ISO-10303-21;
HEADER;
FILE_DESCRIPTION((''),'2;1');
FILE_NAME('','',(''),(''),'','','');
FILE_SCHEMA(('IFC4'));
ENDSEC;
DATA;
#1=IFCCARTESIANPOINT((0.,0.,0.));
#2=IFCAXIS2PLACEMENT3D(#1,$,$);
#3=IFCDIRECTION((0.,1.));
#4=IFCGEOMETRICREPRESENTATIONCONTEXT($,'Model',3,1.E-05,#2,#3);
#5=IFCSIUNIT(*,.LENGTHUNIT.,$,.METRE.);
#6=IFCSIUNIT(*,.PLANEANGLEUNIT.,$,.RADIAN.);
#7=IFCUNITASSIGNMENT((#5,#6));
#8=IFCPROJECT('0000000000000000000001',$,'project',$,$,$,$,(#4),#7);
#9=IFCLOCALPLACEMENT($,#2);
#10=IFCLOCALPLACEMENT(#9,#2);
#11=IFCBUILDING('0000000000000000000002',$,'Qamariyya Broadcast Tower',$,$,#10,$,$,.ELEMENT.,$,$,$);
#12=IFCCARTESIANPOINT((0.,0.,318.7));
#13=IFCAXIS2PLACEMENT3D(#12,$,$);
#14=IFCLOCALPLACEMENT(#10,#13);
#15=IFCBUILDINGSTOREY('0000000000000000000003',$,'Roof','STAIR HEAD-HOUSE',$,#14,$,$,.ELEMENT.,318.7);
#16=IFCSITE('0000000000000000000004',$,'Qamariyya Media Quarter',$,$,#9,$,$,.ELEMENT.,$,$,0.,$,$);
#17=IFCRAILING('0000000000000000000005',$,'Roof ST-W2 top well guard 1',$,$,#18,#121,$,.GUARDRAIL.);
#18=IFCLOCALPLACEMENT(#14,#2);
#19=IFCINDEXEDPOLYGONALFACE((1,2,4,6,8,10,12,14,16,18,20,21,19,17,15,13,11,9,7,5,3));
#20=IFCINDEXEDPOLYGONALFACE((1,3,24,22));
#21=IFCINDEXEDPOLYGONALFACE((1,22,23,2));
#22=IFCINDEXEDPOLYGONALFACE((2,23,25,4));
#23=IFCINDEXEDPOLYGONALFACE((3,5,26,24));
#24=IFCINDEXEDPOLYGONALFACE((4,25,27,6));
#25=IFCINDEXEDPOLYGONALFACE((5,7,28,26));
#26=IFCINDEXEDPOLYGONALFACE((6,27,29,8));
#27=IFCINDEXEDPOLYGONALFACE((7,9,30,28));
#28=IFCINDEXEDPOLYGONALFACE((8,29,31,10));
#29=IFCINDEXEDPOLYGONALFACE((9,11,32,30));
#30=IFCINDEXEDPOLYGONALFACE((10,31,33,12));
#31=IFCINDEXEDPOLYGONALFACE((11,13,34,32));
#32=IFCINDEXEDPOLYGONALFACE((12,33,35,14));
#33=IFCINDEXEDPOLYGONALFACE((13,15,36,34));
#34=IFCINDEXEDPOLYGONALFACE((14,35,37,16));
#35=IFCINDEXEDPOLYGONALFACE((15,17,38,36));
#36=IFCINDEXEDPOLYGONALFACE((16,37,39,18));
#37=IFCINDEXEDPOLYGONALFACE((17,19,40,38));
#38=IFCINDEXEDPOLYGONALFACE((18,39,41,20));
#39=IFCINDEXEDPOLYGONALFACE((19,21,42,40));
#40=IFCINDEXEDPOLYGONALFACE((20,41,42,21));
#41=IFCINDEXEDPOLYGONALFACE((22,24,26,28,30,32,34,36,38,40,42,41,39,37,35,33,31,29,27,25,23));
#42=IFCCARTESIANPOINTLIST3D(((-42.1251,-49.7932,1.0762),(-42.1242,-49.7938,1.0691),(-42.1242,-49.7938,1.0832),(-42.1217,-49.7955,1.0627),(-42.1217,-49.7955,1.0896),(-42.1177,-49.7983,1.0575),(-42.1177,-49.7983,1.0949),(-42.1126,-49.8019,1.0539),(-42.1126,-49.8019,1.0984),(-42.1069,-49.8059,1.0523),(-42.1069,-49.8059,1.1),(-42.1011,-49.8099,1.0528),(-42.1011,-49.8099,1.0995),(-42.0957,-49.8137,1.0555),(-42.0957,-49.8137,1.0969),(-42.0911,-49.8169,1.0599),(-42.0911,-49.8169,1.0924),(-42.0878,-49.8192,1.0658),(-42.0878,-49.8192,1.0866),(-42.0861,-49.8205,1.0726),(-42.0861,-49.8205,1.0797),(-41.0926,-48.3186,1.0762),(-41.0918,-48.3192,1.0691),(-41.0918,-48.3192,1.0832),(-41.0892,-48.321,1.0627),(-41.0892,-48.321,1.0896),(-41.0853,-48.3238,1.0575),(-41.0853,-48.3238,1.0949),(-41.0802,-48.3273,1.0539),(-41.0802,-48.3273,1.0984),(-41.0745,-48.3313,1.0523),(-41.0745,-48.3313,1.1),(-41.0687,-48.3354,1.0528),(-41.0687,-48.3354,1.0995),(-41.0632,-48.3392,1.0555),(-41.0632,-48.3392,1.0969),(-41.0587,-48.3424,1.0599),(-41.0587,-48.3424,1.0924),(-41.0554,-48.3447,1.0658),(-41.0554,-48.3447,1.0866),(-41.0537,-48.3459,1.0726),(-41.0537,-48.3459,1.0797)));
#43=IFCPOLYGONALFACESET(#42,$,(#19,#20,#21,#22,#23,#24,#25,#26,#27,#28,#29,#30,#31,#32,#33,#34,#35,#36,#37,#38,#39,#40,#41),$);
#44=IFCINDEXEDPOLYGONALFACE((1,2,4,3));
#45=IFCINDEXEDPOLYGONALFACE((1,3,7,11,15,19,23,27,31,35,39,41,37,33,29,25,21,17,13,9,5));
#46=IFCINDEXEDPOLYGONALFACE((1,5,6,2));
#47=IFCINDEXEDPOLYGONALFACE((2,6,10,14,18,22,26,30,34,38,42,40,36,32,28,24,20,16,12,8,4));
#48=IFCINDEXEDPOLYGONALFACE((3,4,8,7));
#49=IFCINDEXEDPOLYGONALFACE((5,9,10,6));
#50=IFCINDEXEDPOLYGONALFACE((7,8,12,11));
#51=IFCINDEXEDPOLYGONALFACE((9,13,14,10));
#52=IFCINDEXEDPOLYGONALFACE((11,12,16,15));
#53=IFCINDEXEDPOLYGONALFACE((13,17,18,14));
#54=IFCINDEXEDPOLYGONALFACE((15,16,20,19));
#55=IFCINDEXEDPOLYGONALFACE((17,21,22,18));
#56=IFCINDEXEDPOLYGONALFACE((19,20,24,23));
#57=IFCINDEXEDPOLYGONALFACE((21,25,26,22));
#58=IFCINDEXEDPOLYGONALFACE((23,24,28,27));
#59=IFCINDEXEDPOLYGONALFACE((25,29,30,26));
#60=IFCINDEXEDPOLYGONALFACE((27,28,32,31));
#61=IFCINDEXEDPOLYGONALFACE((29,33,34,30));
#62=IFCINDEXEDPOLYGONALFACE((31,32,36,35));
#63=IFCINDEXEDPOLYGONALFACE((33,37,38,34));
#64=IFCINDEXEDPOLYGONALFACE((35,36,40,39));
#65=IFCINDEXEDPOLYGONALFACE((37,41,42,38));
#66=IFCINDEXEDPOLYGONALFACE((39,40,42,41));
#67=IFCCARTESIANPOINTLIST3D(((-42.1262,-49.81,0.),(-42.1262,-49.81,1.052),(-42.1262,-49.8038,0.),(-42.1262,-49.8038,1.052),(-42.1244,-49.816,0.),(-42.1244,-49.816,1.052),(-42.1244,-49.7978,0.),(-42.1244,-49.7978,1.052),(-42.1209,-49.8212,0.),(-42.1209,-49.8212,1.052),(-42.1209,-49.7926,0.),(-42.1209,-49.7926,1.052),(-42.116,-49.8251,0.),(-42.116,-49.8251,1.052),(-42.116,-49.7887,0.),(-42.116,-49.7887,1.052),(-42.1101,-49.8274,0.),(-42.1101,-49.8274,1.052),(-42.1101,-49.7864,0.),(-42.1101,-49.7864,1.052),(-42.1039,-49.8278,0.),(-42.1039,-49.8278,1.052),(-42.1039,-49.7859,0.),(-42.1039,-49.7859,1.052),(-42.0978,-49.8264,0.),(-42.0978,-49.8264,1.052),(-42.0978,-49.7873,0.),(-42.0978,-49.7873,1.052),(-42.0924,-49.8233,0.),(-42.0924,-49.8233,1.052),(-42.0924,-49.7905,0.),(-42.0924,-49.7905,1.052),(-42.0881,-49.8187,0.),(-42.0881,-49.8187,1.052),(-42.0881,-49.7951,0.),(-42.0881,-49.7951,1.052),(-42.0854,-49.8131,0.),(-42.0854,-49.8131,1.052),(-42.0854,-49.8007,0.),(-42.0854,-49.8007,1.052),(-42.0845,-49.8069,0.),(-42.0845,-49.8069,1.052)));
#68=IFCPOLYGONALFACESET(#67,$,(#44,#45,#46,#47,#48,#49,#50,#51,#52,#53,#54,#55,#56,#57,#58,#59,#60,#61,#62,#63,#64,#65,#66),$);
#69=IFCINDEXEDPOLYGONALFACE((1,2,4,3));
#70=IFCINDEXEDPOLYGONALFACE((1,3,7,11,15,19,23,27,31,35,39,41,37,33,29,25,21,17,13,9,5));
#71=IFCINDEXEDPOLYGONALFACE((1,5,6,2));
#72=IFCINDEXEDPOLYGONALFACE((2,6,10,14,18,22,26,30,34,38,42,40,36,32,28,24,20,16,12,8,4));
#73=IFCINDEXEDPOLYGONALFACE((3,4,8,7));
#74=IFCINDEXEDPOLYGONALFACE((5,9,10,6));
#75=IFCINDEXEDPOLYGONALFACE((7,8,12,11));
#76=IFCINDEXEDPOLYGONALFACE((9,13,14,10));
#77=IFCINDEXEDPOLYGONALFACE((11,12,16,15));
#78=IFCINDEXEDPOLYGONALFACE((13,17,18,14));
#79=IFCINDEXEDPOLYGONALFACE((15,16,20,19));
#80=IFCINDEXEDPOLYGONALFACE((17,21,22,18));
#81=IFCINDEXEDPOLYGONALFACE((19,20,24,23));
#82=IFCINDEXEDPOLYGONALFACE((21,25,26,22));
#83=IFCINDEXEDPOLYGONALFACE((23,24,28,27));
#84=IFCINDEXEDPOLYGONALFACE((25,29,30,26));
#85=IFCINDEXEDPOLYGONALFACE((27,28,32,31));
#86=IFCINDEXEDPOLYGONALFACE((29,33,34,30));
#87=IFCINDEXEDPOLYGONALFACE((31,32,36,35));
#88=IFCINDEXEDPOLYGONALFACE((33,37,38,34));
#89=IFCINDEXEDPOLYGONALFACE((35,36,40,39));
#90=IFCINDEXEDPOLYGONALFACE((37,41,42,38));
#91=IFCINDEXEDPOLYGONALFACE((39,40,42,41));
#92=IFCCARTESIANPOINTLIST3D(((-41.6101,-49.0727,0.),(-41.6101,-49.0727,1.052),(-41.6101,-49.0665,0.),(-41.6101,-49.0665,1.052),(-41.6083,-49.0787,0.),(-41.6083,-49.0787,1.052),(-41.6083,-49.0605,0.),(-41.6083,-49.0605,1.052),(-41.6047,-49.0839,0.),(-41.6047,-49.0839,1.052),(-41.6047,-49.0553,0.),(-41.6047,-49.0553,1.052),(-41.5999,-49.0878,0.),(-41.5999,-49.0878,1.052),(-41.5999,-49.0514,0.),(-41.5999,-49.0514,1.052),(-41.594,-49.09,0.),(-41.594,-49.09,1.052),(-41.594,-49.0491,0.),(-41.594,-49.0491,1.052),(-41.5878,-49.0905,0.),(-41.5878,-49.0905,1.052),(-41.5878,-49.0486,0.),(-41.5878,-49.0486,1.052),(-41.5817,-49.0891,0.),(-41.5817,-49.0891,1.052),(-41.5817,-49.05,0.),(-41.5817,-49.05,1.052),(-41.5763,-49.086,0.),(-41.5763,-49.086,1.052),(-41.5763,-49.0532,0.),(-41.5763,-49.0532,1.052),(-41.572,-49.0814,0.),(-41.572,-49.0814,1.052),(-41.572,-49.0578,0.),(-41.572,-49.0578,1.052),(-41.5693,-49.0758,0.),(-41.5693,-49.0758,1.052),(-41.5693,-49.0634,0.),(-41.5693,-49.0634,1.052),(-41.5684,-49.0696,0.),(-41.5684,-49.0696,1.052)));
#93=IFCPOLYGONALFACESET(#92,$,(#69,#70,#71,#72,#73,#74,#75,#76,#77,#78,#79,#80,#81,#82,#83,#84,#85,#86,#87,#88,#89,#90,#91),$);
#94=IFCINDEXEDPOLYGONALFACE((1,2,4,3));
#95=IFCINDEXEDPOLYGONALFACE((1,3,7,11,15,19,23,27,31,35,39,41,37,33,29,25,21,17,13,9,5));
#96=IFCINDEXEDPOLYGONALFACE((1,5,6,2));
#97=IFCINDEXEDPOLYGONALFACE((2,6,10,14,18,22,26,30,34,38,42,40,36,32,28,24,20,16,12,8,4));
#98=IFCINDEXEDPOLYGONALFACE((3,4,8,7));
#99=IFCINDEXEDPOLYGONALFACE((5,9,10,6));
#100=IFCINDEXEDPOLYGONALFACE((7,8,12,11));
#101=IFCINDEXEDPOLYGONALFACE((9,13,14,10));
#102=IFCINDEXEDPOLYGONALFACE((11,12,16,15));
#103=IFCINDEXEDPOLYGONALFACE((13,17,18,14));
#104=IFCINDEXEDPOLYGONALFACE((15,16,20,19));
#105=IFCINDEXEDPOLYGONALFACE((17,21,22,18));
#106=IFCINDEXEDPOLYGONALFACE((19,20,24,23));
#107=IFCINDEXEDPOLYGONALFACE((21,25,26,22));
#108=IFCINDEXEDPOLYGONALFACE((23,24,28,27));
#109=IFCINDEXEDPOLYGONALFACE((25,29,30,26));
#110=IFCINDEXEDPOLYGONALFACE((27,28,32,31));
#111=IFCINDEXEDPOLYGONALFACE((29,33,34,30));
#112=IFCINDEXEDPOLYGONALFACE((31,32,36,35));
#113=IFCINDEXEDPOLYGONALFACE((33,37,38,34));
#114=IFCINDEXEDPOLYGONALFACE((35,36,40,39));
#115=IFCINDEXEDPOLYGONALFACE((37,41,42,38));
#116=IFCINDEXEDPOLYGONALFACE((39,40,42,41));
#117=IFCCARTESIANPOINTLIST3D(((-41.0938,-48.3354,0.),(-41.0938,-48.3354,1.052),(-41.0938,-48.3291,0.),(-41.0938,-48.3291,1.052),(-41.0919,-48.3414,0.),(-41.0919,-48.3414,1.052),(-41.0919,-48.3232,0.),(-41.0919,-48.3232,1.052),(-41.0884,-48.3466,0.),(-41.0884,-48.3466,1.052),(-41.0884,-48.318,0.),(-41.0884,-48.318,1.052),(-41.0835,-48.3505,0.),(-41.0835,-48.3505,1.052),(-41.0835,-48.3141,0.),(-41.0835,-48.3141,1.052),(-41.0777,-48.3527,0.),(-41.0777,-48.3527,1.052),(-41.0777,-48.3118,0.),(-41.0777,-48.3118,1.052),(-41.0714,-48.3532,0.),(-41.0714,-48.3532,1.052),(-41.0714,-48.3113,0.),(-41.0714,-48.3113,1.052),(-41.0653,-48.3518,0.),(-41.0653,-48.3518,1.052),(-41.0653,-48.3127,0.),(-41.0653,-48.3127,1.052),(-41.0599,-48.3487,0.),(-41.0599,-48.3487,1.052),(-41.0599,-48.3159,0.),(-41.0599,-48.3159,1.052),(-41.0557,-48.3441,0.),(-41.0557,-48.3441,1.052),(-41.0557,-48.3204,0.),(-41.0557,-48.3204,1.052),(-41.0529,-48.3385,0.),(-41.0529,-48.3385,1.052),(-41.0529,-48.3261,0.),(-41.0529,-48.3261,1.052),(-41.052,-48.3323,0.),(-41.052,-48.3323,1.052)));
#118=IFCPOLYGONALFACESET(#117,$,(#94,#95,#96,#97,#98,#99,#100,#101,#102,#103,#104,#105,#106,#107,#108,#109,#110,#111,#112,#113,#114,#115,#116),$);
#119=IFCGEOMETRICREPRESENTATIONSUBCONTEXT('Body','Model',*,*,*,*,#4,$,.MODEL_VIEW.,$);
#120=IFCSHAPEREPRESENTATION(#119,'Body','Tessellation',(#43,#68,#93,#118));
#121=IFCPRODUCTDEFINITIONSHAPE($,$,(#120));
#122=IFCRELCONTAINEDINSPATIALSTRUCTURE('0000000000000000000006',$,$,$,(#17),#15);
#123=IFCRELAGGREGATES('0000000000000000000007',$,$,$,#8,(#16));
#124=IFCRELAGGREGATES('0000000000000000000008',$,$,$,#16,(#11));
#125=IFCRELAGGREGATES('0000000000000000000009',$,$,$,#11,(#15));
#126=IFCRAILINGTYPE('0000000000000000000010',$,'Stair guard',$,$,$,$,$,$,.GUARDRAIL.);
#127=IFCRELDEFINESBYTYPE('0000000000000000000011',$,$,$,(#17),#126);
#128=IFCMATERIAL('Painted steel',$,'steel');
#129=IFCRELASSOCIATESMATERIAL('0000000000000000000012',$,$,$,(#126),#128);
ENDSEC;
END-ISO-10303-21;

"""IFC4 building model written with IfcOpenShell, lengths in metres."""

from ifc_helpers import new_model, si_unit, direction, frame, origin, origin_2d, place, context, subcontext, project, spatial, circle, extrude, material, type_object, element, save


model = new_model("IFC4")

# Units and contexts
model_context = context("Model", 3, precision=1e-05, world=origin(), true_north=direction((0.0, 1.0)))
body_context = subcontext(model_context, "Body", "Model", "MODEL_VIEW")
ifc_project = project(units=[si_unit("LENGTHUNIT", "METRE"), si_unit("PLANEANGLEUNIT", "RADIAN")], contexts=[model_context])

# Site, building, storey
site_placement = place(None, origin())
site = spatial("IfcSite", under=ifc_project, at=site_placement, Name="Qamariyya Media Quarter", CompositionType="ELEMENT", RefElevation=0.0)
building_placement = place(site_placement, origin())
building = spatial("IfcBuilding", under=site, at=building_placement, Name="Qamariyya Broadcast Tower", CompositionType="ELEMENT")
storey_placement = place(building_placement, frame((0.0, 0.0, 318.7)))
storey = spatial("IfcBuildingStorey", under=building, at=storey_placement, Name="Roof", Description="STAIR HEAD-HOUSE", CompositionType="ELEMENT", Elevation=318.7)

# Railing
ifc_material_1 = material(Name="Painted steel", Category="steel")
railing_type = type_object("IfcRailingType", Name="Stair guard", PredefinedType="GUARDRAIL", material=ifc_material_1)
railing_1_placement = place(storey_placement, frame((-42.1055, -49.8069, 0.0)))
element("IfcRailing", 1, at=railing_1_placement, inside=storey, type_object=railing_type, Name="Roof ST-W2 top well guard 1", PredefinedType="GUARDRAIL", context=body_context, shape_type="SweptSolid", body=[
    extrude(circle(Radius=0.0239, at=origin_2d()), frame((0.0, 0.0, 1.0762), z_axis=(0.573553, 0.819168, 0.0), x_axis=(-0.819168, 0.573553, 0.0)), (0.0, 0.0, 1.0), 1.8),
    extrude(circle(Radius=0.021, at=origin_2d()), origin(), (0.0, 0.0, 1.0), 1.052),
    extrude(circle(Radius=0.021, at=origin_2d()), frame((0.5161, 0.7373, 0.0)), (0.0, 0.0, 1.0), 1.052),
    extrude(circle(Radius=0.021, at=origin_2d()), frame((1.0325, 1.4746, 0.0)), (0.0, 0.0, 1.0), 1.052),
])

save(model, "model.ifc")
